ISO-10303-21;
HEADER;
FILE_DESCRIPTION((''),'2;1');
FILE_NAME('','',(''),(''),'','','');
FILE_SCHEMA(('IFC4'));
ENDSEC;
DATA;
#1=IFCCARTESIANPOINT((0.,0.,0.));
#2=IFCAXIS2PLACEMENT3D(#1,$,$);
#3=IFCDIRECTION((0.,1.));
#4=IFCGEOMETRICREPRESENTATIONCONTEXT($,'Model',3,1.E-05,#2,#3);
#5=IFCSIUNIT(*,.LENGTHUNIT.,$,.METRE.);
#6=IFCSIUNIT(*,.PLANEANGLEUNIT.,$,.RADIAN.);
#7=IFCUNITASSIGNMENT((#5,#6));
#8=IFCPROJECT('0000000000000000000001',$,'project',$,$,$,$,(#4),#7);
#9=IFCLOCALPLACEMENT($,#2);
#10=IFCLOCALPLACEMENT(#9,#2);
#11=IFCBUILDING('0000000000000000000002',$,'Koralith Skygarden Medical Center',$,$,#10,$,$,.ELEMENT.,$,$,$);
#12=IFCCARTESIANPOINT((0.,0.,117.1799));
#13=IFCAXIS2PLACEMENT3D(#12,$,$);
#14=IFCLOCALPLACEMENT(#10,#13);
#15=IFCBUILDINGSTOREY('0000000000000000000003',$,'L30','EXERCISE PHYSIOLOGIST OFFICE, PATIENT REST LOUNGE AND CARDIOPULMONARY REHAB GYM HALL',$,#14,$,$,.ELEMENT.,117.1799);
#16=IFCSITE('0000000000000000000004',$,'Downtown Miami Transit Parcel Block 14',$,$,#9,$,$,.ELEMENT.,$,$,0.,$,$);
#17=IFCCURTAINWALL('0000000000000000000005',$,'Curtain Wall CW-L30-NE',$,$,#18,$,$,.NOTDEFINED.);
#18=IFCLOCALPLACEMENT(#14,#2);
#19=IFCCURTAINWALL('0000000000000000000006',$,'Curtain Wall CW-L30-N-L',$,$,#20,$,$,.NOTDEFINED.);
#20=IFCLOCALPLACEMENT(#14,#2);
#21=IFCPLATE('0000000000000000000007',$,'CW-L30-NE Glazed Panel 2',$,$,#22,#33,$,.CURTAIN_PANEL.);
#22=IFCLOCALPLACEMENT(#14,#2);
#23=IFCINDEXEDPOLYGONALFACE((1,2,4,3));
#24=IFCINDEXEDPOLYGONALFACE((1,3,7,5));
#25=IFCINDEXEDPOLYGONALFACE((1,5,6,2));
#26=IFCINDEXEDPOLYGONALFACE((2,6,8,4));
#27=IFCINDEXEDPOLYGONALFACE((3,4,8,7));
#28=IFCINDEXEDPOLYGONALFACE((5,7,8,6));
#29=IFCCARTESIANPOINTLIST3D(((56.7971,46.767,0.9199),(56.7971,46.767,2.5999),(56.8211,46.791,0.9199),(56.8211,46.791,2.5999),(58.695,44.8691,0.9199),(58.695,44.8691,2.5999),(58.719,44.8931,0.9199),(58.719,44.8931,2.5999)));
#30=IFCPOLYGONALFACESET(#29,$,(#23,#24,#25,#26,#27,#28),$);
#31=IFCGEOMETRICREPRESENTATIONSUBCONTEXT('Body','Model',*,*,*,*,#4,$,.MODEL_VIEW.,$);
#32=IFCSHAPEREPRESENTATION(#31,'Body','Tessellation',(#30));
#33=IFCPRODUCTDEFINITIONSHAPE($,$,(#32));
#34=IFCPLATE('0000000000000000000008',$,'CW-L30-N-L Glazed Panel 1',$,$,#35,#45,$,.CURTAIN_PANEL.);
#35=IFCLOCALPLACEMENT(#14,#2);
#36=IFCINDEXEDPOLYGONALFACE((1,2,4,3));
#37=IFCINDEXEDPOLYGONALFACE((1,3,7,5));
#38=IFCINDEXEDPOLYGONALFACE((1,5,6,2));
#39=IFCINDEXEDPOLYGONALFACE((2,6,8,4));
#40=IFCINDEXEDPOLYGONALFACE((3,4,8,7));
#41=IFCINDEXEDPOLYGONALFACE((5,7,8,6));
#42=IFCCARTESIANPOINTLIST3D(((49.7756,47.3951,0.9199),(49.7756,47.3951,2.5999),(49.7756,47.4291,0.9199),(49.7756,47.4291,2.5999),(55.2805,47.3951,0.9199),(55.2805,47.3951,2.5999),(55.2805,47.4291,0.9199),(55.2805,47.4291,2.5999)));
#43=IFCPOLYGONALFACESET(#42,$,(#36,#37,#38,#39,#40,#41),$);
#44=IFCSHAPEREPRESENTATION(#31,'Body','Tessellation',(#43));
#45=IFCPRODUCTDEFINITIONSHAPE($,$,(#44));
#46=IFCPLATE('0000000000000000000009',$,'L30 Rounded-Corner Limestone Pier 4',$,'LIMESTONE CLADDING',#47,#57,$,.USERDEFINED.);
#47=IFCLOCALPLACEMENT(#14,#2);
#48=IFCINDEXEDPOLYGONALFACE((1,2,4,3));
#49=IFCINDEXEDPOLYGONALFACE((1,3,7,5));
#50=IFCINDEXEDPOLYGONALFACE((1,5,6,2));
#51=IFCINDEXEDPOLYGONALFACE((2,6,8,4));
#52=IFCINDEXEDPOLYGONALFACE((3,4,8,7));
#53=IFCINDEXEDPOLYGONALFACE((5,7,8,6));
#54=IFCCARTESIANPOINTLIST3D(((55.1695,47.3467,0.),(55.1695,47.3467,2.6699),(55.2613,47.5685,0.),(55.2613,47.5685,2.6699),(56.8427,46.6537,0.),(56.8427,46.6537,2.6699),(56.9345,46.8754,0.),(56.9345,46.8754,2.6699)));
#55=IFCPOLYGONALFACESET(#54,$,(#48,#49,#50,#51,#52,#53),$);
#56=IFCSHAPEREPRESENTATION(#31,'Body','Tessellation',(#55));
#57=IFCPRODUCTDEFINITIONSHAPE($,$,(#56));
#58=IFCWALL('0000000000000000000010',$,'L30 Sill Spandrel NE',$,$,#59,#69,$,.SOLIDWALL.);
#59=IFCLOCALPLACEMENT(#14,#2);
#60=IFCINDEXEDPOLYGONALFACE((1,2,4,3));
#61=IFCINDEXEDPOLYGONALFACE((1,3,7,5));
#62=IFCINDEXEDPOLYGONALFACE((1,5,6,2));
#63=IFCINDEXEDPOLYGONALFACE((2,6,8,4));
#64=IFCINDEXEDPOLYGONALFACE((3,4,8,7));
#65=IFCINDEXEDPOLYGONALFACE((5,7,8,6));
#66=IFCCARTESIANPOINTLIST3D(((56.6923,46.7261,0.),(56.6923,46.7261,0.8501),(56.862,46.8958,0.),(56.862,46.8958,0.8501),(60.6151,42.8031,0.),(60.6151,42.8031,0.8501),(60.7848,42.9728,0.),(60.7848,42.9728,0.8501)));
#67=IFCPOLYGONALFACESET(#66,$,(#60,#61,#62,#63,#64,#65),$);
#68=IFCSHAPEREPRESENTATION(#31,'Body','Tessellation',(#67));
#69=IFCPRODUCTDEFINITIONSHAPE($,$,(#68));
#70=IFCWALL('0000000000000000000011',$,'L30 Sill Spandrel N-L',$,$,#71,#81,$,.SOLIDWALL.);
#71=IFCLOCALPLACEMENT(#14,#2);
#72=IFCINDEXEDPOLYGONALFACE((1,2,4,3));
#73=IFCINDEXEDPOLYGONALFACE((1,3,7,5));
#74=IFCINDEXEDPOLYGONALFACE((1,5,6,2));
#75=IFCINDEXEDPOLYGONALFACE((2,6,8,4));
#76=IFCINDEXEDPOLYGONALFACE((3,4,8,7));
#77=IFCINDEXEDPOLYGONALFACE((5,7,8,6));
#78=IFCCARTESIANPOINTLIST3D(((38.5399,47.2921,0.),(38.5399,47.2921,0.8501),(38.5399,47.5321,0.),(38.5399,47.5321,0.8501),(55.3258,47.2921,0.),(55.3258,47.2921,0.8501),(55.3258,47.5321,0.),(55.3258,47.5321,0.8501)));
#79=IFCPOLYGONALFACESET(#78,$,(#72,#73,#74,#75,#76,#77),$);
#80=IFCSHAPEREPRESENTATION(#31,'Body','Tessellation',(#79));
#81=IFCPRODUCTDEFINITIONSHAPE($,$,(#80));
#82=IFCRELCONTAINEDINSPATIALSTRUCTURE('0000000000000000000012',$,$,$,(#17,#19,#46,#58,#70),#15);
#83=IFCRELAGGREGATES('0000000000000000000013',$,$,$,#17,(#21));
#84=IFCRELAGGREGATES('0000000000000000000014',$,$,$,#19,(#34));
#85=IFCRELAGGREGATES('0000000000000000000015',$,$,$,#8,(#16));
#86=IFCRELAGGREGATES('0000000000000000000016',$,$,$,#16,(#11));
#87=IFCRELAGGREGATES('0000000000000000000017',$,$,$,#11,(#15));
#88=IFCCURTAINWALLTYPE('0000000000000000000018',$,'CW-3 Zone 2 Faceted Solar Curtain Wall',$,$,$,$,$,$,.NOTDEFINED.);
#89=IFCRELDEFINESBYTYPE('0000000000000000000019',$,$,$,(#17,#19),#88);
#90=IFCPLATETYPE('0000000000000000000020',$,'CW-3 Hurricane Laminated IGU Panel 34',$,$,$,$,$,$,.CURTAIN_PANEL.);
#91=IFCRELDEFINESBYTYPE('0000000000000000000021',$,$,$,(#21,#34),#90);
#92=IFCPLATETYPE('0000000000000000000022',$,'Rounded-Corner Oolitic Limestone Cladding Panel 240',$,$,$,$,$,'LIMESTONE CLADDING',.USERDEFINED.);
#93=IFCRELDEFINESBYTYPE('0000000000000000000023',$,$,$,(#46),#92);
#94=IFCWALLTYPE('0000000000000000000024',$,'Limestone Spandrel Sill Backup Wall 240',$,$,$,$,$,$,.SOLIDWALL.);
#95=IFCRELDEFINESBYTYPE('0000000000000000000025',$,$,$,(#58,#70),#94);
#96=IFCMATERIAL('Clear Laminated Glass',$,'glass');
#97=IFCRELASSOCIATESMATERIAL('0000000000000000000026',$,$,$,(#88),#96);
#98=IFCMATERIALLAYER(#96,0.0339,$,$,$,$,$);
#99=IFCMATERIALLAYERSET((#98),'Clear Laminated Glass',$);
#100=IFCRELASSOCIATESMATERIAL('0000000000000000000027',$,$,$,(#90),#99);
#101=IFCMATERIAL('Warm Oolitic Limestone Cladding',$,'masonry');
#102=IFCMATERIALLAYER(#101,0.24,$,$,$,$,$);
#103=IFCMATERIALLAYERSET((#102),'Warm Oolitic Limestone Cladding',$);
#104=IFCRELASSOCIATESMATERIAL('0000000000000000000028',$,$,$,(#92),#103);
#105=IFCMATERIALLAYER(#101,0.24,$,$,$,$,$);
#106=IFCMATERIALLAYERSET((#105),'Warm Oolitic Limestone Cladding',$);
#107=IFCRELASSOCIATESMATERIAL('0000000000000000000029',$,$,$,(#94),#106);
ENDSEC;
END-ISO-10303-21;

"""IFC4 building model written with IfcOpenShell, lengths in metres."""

from ifc_helpers import new_model, si_unit, direction, frame, frame_2d, origin, origin_2d, place, context, subcontext, project, spatial, rectangle, extrude, material, layer, layer_set, type_object, element, aggregate, save


model = new_model("IFC4")

# Units and contexts
model_context = context("Model", 3, precision=1e-05, world=origin(), true_north=direction((0.0, 1.0)))
body_context = subcontext(model_context, "Body", "Model", "MODEL_VIEW")
ifc_project = project(units=[si_unit("LENGTHUNIT", "METRE"), si_unit("PLANEANGLEUNIT", "RADIAN")], contexts=[model_context])

# Site, building, storey
site_placement = place(None, origin())
site = spatial("IfcSite", under=ifc_project, at=site_placement, Name="Downtown Miami Transit Parcel Block 14", CompositionType="ELEMENT", RefElevation=0.0)
building_placement = place(site_placement, origin())
building = spatial("IfcBuilding", under=site, at=building_placement, Name="Koralith Skygarden Medical Center", CompositionType="ELEMENT")
storey_placement = place(building_placement, frame((0.0, 0.0, 117.1799)))
storey = spatial("IfcBuildingStorey", under=building, at=storey_placement, Name="L30", Description="EXERCISE PHYSIOLOGIST OFFICE, PATIENT REST LOUNGE AND CARDIOPULMONARY REHAB GYM HALL", CompositionType="ELEMENT", Elevation=117.1799)

# Curtain walls
ifc_material_1 = material(Name="Clear Laminated Glass", Category="glass")
curtain_wall_type = type_object("IfcCurtainWallType", Name="CW-3 Zone 2 Faceted Solar Curtain Wall", PredefinedType="NOTDEFINED", material=ifc_material_1)
curtain_wall_1_placement = place(storey_placement, origin())
curtain_wall_1 = element("IfcCurtainWall", 1, at=curtain_wall_1_placement, inside=storey, type_object=curtain_wall_type, Name="Curtain Wall CW-L30-NE", PredefinedType="NOTDEFINED")
curtain_wall_2_placement = place(storey_placement, origin())
curtain_wall_2 = element("IfcCurtainWall", 2, at=curtain_wall_2_placement, inside=storey, type_object=curtain_wall_type, Name="Curtain Wall CW-L30-N-L", PredefinedType="NOTDEFINED")

# Plates
ifc_layer_1 = layer(ifc_material_1, 0.0339)
ifc_layer_set_1 = layer_set([ifc_layer_1], Name="Clear Laminated Glass")
plate_type_1 = type_object("IfcPlateType", Name="CW-3 Hurricane Laminated IGU Panel 34", PredefinedType="CURTAIN_PANEL", material=ifc_layer_set_1)
plate_1_placement = place(storey_placement, frame((57.7581, 45.8301, 0.9199), z_axis=(0.0, 0.0, 1.0), x_axis=(-0.707107, 0.707107, 0.0)))
plate_1 = element("IfcPlate", 3, at=plate_1_placement, type_object=plate_type_1, Name="CW-L30-NE Glazed Panel 2", PredefinedType="CURTAIN_PANEL", context=body_context, shape_type="SweptSolid", body=[
    extrude(rectangle(XDim=2.6841, YDim=0.0339, at=origin_2d()), origin(), (0.0, 0.0, 1.0), 1.6799),
])
aggregate(curtain_wall_1, [plate_1])
plate_2_placement = place(storey_placement, frame((52.5281, 47.4121, 0.9199), z_axis=(0.0, 0.0, 1.0), x_axis=(-1.0, 0.0, 0.0)))
plate_2 = element("IfcPlate", 4, at=plate_2_placement, type_object=plate_type_1, Name="CW-L30-N-L Glazed Panel 1", PredefinedType="CURTAIN_PANEL", context=body_context, shape_type="SweptSolid", body=[
    extrude(rectangle(XDim=5.5049, YDim=0.0339, at=origin_2d()), origin(), (0.0, 0.0, 1.0), 1.6799),
])
aggregate(curtain_wall_2, [plate_2])
ifc_material_2 = material(Name="Warm Oolitic Limestone Cladding", Category="masonry")
ifc_layer_2 = layer(ifc_material_2, 0.24)
ifc_layer_set_2 = layer_set([ifc_layer_2], Name="Warm Oolitic Limestone Cladding")
plate_type_2 = type_object("IfcPlateType", Name="Rounded-Corner Oolitic Limestone Cladding Panel 240", ElementType="LIMESTONE CLADDING", PredefinedType="USERDEFINED", material=ifc_layer_set_2)
plate_3_placement = place(storey_placement, frame((56.052, 47.1111, 0.0), z_axis=(0.0, 0.0, 1.0), x_axis=(-0.923885, 0.382671, 0.0)))
element("IfcPlate", 5, at=plate_3_placement, inside=storey, type_object=plate_type_2, Name="L30 Rounded-Corner Limestone Pier 4", ObjectType="LIMESTONE CLADDING", PredefinedType="USERDEFINED", context=body_context, shape_type="SweptSolid", body=[
    extrude(rectangle(XDim=1.811, YDim=0.24, at=origin_2d()), origin(), (0.0, 0.0, 1.0), 2.6699),
])

# Walls
ifc_layer_3 = layer(ifc_material_2, 0.24)
ifc_layer_set_3 = layer_set([ifc_layer_3], Name="Warm Oolitic Limestone Cladding")
wall_type = type_object("IfcWallType", Name="Limestone Spandrel Sill Backup Wall 240", PredefinedType="SOLIDWALL", material=ifc_layer_set_3)
wall_1_placement = place(storey_placement, frame((60.7, 42.8879, 0.0), z_axis=(0.0, 0.0, 1.0), x_axis=(-0.707085, 0.707129, 0.0)))
element("IfcWall", 6, at=wall_1_placement, inside=storey, type_object=wall_type, Name="L30 Sill Spandrel NE", PredefinedType="SOLIDWALL", context=body_context, shape_type="SweptSolid", body=[
    extrude(rectangle(XDim=5.5479, YDim=0.24, at=frame_2d((2.7739, 0.0))), origin(), (0.0, 0.0, 1.0), 0.8501),
])
wall_2_placement = place(storey_placement, frame((55.3259, 47.4121, 0.0), z_axis=(0.0, 0.0, 1.0), x_axis=(-1.0, 0.0, 0.0)))
element("IfcWall", 7, at=wall_2_placement, inside=storey, type_object=wall_type, Name="L30 Sill Spandrel N-L", PredefinedType="SOLIDWALL", context=body_context, shape_type="SweptSolid", body=[
    extrude(rectangle(XDim=16.7859, YDim=0.24, at=frame_2d((8.3931, 0.0))), origin(), (0.0, 0.0, 1.0), 0.8501),
])

save(model, "model.ifc")
